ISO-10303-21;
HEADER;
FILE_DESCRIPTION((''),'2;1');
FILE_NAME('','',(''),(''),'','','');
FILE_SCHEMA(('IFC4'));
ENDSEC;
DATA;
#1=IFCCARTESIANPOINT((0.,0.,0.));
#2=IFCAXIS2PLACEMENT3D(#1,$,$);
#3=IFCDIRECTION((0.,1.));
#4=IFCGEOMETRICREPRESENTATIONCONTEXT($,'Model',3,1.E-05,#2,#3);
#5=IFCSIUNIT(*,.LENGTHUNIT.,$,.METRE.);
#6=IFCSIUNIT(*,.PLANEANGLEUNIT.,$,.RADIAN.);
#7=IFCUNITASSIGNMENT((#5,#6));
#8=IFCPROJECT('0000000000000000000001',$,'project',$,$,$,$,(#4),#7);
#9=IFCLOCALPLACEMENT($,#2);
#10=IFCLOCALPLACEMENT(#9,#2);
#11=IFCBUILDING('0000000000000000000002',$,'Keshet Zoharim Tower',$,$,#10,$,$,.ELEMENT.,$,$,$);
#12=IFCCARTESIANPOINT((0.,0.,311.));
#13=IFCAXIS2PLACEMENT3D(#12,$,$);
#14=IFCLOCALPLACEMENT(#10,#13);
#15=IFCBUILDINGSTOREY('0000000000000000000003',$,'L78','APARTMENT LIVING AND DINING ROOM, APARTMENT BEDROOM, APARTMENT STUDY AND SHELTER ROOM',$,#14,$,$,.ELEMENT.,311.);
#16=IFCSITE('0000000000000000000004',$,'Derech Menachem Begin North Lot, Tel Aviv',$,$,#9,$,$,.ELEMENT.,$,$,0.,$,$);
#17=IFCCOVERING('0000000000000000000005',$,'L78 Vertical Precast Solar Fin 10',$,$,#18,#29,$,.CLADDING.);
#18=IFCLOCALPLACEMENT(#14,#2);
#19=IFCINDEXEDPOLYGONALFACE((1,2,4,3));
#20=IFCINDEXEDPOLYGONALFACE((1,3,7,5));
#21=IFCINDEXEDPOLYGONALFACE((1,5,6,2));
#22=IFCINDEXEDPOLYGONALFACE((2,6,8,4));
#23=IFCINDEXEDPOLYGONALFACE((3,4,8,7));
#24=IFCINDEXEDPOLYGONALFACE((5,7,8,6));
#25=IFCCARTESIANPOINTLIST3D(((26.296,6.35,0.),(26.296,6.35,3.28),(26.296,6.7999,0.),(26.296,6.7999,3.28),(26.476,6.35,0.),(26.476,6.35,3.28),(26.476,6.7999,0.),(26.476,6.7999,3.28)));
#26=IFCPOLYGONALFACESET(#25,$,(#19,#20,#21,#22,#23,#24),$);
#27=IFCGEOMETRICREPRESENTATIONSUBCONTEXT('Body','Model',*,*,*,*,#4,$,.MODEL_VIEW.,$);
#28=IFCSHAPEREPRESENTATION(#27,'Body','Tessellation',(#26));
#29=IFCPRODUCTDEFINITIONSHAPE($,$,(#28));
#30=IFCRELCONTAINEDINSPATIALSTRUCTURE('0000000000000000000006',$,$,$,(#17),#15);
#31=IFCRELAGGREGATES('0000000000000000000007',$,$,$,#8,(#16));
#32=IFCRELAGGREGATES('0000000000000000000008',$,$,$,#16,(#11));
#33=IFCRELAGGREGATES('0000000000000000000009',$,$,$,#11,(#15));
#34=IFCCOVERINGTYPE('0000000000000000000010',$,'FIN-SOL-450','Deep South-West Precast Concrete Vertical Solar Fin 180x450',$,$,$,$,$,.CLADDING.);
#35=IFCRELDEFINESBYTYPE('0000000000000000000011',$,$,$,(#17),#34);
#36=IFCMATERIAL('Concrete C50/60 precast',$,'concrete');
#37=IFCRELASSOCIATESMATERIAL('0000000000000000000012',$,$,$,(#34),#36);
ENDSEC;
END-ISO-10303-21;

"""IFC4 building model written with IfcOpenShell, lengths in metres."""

from ifc_helpers import new_model, si_unit, direction, frame, origin, origin_2d, place, context, subcontext, project, spatial, rectangle, extrude, material, type_object, element, save


model = new_model("IFC4")

# Units and contexts
model_context = context("Model", 3, precision=1e-05, world=origin(), true_north=direction((0.0, 1.0)))
body_context = subcontext(model_context, "Body", "Model", "MODEL_VIEW")
ifc_project = project(units=[si_unit("LENGTHUNIT", "METRE"), si_unit("PLANEANGLEUNIT", "RADIAN")], contexts=[model_context])

# Site, building, storey
site_placement = place(None, origin())
site = spatial("IfcSite", under=ifc_project, at=site_placement, Name="Derech Menachem Begin North Lot, Tel Aviv", CompositionType="ELEMENT", RefElevation=0.0)
building_placement = place(site_placement, origin())
building = spatial("IfcBuilding", under=site, at=building_placement, Name="Keshet Zoharim Tower", CompositionType="ELEMENT")
storey_placement = place(building_placement, frame((0.0, 0.0, 311.0)))
storey = spatial("IfcBuildingStorey", under=building, at=storey_placement, Name="L78", Description="APARTMENT LIVING AND DINING ROOM, APARTMENT BEDROOM, APARTMENT STUDY AND SHELTER ROOM", CompositionType="ELEMENT", Elevation=311.0)

# Covering
ifc_material_1 = material(Name="Concrete C50/60 precast", Category="concrete")
covering_type = type_object("IfcCoveringType", Name="FIN-SOL-450", Description="Deep South-West Precast Concrete Vertical Solar Fin 180x450", PredefinedType="CLADDING", material=ifc_material_1)
covering_placement = place(storey_placement, frame((26.386, 6.575, 0.0), z_axis=(0.0, 0.0, 1.0), x_axis=(-1.0, 0.0, 0.0)))
element("IfcCovering", 1, at=covering_placement, inside=storey, type_object=covering_type, Name="L78 Vertical Precast Solar Fin 10", PredefinedType="CLADDING", context=body_context, shape_type="SweptSolid", body=[
    extrude(rectangle(XDim=0.1799, YDim=0.45, at=origin_2d()), origin(), (0.0, 0.0, 1.0), 3.28),
])

save(model, "model.ifc")
